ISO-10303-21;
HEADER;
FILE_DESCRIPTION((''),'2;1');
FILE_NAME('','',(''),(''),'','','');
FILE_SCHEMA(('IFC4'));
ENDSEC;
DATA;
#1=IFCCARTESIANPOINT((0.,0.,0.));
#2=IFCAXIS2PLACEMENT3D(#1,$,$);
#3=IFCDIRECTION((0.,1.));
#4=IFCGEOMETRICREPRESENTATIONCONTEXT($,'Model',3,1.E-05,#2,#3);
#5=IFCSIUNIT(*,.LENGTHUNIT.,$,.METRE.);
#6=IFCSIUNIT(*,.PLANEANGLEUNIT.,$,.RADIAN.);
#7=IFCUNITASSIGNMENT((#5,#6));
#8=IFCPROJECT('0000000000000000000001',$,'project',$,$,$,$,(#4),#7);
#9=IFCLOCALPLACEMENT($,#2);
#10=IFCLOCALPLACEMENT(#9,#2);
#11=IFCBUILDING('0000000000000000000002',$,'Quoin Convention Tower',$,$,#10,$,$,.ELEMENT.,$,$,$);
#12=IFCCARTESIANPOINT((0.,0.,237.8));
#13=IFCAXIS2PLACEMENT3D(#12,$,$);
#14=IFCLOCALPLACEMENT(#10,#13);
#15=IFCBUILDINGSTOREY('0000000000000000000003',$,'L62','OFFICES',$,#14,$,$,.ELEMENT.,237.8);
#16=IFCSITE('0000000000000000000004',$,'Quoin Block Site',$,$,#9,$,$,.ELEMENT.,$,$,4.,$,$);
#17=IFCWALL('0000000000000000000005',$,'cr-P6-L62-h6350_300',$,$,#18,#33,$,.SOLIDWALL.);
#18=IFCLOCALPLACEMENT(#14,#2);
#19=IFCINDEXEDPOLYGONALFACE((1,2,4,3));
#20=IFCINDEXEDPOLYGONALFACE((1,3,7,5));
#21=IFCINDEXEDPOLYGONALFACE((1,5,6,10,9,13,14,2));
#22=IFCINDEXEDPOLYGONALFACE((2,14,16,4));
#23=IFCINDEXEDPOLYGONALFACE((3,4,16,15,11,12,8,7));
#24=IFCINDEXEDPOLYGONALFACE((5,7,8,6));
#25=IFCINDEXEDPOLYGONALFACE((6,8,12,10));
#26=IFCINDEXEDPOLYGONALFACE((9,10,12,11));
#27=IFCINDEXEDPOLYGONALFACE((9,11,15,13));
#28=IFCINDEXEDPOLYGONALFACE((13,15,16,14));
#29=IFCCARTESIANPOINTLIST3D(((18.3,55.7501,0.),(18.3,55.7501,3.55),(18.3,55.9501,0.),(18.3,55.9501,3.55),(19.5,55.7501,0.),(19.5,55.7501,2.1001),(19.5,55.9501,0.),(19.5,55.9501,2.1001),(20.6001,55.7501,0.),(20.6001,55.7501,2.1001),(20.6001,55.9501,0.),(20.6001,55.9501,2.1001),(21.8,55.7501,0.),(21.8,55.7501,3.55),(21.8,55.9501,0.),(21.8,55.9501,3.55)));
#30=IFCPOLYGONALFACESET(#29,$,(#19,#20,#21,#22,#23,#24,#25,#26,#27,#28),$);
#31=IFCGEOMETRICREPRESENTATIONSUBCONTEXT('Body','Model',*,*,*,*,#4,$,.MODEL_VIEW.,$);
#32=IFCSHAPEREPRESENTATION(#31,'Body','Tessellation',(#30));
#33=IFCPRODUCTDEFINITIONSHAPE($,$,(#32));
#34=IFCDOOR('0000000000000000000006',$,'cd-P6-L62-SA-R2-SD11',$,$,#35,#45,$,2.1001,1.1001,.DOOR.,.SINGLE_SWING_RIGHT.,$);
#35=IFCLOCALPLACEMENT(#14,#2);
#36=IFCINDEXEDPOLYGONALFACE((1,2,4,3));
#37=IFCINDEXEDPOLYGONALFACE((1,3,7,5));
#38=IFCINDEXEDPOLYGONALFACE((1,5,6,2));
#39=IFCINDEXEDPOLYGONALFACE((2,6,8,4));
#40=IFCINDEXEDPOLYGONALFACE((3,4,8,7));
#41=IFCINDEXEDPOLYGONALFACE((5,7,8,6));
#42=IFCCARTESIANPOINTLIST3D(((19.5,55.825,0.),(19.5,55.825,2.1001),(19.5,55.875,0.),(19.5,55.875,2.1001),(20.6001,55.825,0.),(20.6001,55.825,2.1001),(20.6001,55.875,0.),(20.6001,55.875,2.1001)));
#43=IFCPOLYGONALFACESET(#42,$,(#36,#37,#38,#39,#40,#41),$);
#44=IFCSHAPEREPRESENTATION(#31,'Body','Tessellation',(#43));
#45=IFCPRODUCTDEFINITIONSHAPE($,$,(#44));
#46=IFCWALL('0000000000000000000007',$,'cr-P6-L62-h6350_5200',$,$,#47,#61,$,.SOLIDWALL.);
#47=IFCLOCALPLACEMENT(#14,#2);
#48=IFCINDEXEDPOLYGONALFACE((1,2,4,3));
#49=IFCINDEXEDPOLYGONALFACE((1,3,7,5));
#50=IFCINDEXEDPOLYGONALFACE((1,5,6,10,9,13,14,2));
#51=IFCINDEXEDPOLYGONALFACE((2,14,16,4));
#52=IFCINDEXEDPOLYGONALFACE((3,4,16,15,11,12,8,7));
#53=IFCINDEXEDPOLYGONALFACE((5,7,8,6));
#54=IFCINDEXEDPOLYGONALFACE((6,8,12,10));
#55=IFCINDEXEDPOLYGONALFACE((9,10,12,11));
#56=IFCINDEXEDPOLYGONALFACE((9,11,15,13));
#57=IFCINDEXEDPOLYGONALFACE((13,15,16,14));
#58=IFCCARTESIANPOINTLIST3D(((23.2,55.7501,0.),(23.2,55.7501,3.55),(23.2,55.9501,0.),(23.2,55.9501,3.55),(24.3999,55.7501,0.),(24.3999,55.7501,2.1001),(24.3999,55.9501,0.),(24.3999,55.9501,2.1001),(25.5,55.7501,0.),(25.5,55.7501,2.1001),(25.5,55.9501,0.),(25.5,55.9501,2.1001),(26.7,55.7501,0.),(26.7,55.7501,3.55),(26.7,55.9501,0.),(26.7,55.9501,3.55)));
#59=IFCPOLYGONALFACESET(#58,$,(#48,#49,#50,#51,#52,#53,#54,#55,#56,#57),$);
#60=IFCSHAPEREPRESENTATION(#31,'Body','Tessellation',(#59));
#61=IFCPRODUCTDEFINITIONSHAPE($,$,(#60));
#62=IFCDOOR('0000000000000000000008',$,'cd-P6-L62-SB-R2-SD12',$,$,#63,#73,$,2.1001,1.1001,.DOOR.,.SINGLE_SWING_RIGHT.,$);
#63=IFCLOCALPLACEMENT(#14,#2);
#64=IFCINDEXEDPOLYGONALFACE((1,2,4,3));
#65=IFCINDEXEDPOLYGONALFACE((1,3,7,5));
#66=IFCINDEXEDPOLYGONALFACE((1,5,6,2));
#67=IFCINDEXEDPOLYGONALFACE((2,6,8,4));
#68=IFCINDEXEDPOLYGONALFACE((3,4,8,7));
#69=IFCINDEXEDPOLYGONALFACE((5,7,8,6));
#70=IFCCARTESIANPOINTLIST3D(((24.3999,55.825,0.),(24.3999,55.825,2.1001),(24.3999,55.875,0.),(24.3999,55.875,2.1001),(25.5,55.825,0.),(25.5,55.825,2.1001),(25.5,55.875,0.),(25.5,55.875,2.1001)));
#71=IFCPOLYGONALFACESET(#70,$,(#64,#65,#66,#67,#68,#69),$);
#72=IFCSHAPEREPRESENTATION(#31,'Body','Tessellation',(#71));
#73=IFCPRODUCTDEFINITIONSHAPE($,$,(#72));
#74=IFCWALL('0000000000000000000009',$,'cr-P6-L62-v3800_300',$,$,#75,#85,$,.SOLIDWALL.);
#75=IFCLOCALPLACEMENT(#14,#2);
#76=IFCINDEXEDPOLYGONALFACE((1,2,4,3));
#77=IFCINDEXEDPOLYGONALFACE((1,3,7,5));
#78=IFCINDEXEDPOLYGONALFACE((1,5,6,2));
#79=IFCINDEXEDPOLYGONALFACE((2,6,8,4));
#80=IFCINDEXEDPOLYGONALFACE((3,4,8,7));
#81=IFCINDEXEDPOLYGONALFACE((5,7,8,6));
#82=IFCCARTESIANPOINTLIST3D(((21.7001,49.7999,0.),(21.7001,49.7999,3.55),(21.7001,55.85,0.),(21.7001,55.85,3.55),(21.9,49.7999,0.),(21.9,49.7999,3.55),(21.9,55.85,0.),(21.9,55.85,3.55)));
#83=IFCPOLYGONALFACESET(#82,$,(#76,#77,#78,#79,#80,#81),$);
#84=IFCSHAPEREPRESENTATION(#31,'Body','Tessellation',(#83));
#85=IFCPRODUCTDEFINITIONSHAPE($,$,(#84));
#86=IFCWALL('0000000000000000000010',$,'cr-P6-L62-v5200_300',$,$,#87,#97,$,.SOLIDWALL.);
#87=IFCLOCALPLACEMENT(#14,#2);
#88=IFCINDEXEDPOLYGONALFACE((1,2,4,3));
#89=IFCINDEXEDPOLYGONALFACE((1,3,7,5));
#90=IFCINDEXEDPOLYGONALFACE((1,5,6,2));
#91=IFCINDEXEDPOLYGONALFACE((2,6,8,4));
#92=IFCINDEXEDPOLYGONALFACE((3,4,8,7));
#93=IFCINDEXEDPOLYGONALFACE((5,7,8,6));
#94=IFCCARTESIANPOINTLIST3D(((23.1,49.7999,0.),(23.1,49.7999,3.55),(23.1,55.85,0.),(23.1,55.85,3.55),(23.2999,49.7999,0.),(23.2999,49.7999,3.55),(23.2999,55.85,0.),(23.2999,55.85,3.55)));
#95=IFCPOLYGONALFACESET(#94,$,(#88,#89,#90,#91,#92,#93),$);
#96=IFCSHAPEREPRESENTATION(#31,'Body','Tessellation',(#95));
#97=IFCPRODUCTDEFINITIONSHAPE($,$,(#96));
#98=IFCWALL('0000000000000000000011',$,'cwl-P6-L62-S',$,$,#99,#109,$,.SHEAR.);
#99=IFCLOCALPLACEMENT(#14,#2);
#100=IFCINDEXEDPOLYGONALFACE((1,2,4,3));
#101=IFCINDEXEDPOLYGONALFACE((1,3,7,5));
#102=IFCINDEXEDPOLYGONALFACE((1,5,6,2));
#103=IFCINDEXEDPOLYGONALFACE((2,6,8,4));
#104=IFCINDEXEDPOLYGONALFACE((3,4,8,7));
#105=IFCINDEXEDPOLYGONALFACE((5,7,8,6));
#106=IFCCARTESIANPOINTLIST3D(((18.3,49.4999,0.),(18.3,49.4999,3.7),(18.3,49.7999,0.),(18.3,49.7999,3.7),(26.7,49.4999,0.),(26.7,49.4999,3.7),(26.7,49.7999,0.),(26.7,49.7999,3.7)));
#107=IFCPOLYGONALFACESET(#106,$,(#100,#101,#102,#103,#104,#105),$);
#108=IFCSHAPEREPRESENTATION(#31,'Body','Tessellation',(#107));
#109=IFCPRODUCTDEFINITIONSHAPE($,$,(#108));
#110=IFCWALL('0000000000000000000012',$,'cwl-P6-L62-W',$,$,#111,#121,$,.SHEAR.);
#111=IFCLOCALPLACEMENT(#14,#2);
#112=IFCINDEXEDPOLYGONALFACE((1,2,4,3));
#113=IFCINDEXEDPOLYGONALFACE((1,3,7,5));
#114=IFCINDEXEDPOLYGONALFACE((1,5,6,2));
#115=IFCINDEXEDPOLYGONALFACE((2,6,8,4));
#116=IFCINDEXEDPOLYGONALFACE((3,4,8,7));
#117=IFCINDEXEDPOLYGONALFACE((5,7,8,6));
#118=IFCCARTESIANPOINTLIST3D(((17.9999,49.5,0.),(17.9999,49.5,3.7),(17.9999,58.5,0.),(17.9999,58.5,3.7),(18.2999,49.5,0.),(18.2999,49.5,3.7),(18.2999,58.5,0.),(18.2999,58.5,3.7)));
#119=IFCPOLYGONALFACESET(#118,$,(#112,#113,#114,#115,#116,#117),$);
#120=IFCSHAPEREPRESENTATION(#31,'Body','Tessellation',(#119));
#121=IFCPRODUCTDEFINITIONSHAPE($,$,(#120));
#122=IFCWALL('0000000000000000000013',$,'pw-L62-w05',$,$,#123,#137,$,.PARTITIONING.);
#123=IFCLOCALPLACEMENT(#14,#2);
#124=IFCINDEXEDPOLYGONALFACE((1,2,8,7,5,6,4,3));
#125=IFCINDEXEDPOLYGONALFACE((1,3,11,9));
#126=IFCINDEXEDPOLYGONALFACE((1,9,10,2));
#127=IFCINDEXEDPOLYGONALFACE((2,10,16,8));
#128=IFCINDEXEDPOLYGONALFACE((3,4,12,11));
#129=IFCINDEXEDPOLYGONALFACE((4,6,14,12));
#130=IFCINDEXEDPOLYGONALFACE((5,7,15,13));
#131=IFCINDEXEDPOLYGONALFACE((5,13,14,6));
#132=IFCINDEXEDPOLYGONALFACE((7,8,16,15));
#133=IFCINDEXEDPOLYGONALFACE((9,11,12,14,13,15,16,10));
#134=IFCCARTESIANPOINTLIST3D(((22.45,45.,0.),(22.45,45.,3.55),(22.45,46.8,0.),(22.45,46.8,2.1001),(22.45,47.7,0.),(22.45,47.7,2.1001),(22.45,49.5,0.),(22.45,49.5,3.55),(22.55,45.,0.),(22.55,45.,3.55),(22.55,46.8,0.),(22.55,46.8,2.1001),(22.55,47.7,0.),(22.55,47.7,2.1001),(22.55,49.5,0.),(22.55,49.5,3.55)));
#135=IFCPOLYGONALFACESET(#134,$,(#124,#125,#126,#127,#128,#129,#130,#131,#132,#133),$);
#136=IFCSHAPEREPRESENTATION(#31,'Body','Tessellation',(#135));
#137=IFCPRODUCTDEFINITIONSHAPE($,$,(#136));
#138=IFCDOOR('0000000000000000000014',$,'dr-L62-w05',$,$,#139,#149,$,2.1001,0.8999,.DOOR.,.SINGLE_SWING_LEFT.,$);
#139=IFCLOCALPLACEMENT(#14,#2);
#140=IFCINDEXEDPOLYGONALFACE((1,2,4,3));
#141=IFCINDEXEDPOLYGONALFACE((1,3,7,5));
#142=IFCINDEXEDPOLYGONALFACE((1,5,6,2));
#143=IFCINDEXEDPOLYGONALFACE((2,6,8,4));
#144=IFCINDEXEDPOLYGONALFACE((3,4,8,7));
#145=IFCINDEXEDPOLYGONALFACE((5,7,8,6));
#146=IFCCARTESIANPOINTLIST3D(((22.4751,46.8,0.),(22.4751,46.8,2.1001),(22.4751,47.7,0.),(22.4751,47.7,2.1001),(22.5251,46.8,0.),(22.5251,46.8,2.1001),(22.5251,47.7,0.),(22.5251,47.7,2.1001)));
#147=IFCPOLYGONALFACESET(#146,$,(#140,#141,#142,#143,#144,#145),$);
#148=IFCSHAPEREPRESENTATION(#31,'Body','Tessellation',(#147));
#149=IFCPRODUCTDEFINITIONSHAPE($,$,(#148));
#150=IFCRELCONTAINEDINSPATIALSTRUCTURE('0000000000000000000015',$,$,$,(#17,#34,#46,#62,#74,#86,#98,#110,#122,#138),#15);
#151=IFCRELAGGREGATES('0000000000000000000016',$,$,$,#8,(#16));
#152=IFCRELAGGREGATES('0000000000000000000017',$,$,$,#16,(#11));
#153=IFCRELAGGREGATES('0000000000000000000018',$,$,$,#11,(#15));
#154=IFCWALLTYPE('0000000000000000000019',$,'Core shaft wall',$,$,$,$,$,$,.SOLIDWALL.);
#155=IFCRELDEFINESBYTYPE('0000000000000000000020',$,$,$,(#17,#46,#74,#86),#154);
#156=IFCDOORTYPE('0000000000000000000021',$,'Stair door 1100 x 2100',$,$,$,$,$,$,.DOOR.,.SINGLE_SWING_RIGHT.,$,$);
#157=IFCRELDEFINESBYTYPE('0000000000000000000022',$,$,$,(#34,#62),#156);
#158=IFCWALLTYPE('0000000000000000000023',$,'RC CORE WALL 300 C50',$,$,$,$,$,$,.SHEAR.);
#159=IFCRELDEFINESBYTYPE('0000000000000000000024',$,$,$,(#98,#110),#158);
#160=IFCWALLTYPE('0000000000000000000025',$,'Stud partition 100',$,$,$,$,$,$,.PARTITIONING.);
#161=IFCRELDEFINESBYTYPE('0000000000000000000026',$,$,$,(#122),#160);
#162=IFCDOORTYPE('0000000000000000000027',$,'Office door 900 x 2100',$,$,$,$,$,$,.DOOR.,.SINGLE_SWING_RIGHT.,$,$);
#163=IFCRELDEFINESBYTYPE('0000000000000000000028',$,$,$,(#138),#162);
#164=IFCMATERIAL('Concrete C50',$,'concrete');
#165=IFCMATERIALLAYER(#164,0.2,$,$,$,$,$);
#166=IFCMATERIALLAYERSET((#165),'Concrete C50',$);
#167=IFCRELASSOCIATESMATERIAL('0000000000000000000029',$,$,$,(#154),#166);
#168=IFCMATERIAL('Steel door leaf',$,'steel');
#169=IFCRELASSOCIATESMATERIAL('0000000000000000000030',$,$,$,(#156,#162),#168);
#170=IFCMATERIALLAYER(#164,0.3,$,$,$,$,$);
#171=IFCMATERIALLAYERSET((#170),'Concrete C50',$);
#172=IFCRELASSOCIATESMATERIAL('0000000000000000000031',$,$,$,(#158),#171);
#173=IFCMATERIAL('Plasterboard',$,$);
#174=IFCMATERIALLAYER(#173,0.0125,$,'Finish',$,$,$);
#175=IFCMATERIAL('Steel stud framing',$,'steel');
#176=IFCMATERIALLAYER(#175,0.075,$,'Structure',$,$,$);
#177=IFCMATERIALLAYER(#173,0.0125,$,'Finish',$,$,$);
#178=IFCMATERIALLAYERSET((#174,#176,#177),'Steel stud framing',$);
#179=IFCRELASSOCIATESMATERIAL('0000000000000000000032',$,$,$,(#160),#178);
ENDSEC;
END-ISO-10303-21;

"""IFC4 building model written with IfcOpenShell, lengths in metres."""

from ifc_helpers import new_model, si_unit, direction, frame, frame_2d, origin, place, context, subcontext, project, spatial, rectangle, extrude, material, layer, layer_set, type_object, element, fill, save


model = new_model("IFC4")

# Units and contexts
model_context = context("Model", 3, precision=1e-05, world=origin(), true_north=direction((0.0, 1.0)))
body_context = subcontext(model_context, "Body", "Model", "MODEL_VIEW")
ifc_project = project(units=[si_unit("LENGTHUNIT", "METRE"), si_unit("PLANEANGLEUNIT", "RADIAN")], contexts=[model_context])

# Site, building, storey
site_placement = place(None, origin())
site = spatial("IfcSite", under=ifc_project, at=site_placement, Name="Quoin Block Site", CompositionType="ELEMENT", RefElevation=4.0)
building_placement = place(site_placement, origin())
building = spatial("IfcBuilding", under=site, at=building_placement, Name="Quoin Convention Tower", CompositionType="ELEMENT")
storey_placement = place(building_placement, frame((0.0, 0.0, 237.8)))
storey = spatial("IfcBuildingStorey", under=building, at=storey_placement, Name="L62", Description="OFFICES", CompositionType="ELEMENT", Elevation=237.8)

# Shared definitions
ifc_material_1 = material(Name="Concrete C50", Category="concrete")

# Shared definitions
ifc_layer_1 = layer(ifc_material_1, 0.2)
ifc_layer_set_1 = layer_set([ifc_layer_1], Name="Concrete C50")
wall_type_1 = type_object("IfcWallType", Name="Core shaft wall", PredefinedType="SOLIDWALL", material=ifc_layer_set_1)

# Walls, openings, doors
wall_1_placement = place(storey_placement, frame((18.3, 55.8501, 0.0), z_axis=(0.0, 0.0, 1.0), x_axis=(1.0, 0.0, 0.0)))
wall_1 = element("IfcWall", 1, at=wall_1_placement, inside=storey, type_object=wall_type_1, Name="cr-P6-L62-h6350_300", PredefinedType="SOLIDWALL", context=body_context, shape_type="SweptSolid", body=[
    extrude(rectangle(XDim=3.5, YDim=0.2, at=frame_2d((1.75, 0.0))), origin(), (0.0, 0.0, 1.0), 3.55),
])
opening_1_placement = place(wall_1_placement, frame((1.2, 0.0, 0.0)))
opening_1 = element("IfcOpeningElement", 2, at=opening_1_placement, cuts=wall_1, PredefinedType="OPENING", context=body_context, shape_type="SweptSolid", body=[
    extrude(rectangle(XDim=1.1001, YDim=2.1001, at=frame_2d((0.55, 1.05))), frame((0.0, 0.1099, 0.0), z_axis=(0.0, -1.0, 0.0), x_axis=(1.0, 0.0, 0.0)), (0.0, 0.0, 1.0), 0.22),
])
ifc_material_2 = material(Name="Steel door leaf", Category="steel")
door_type_1 = type_object("IfcDoorType", Name="Stair door 1100 x 2100", OperationType="SINGLE_SWING_RIGHT", PredefinedType="DOOR", material=ifc_material_2)
door_1_placement = place(opening_1_placement, origin())
door_1 = element("IfcDoor", 3, at=door_1_placement, inside=storey, type_object=door_type_1, Name="cd-P6-L62-SA-R2-SD11", OperationType="SINGLE_SWING_RIGHT", OverallHeight=2.1001, OverallWidth=1.1001, PredefinedType="DOOR", context=body_context, shape_type="SweptSolid", body=[
    extrude(rectangle(XDim=1.1001, YDim=2.1001, at=frame_2d((0.55, 1.05))), frame((0.0, 0.0249, 0.0), z_axis=(0.0, -1.0, 0.0), x_axis=(1.0, 0.0, 0.0)), (0.0, 0.0, 1.0), 0.05),
])
fill(opening_1, door_1)
wall_2_placement = place(storey_placement, frame((23.2, 55.8501, 0.0), z_axis=(0.0, 0.0, 1.0), x_axis=(1.0, 0.0, 0.0)))
wall_2 = element("IfcWall", 4, at=wall_2_placement, inside=storey, type_object=wall_type_1, Name="cr-P6-L62-h6350_5200", PredefinedType="SOLIDWALL", context=body_context, shape_type="SweptSolid", body=[
    extrude(rectangle(XDim=3.5, YDim=0.2, at=frame_2d((1.75, 0.0))), origin(), (0.0, 0.0, 1.0), 3.55),
])
opening_2_placement = place(wall_2_placement, frame((1.2, 0.0, 0.0)))
opening_2 = element("IfcOpeningElement", 5, at=opening_2_placement, cuts=wall_2, PredefinedType="OPENING", context=body_context, shape_type="SweptSolid", body=[
    extrude(rectangle(XDim=1.1001, YDim=2.1001, at=frame_2d((0.55, 1.05))), frame((0.0, 0.1099, 0.0), z_axis=(0.0, -1.0, 0.0), x_axis=(1.0, 0.0, 0.0)), (0.0, 0.0, 1.0), 0.22),
])
door_2_placement = place(opening_2_placement, origin())
door_2 = element("IfcDoor", 6, at=door_2_placement, inside=storey, type_object=door_type_1, Name="cd-P6-L62-SB-R2-SD12", OperationType="SINGLE_SWING_RIGHT", OverallHeight=2.1001, OverallWidth=1.1001, PredefinedType="DOOR", context=body_context, shape_type="SweptSolid", body=[
    extrude(rectangle(XDim=1.1001, YDim=2.1001, at=frame_2d((0.55, 1.05))), frame((0.0, 0.0249, 0.0), z_axis=(0.0, -1.0, 0.0), x_axis=(1.0, 0.0, 0.0)), (0.0, 0.0, 1.0), 0.05),
])
fill(opening_2, door_2)

# Walls
for number, where, z_axis, x_axis, name in (
    (7, (21.8, 49.8, 0.0), (0.0, 0.0, 1.0), (0.0, 1.0, 0.0), "cr-P6-L62-v3800_300"),
    (8, (23.2, 49.8, 0.0), (0.0, 0.0, 1.0), (0.0, 1.0, 0.0), "cr-P6-L62-v5200_300"),
):
    element("IfcWall", number, at=place(storey_placement, frame(where, z_axis=z_axis, x_axis=x_axis)), inside=storey, type_object=wall_type_1, Name=name, PredefinedType="SOLIDWALL", context=body_context, shape_type="SweptSolid", body=[
        extrude(rectangle(XDim=6.05, YDim=0.2, at=frame_2d((3.0249, 0.0))), origin(), (0.0, 0.0, 1.0), 3.55),
    ])
ifc_layer_2 = layer(ifc_material_1, 0.3)
ifc_layer_set_2 = layer_set([ifc_layer_2], Name="Concrete C50")
wall_type_2 = type_object("IfcWallType", Name="RC CORE WALL 300 C50", PredefinedType="SHEAR", material=ifc_layer_set_2)
wall_3_placement = place(storey_placement, frame((18.3, 49.6499, 0.0), z_axis=(0.0, 0.0, 1.0), x_axis=(1.0, 0.0, 0.0)))
element("IfcWall", 9, at=wall_3_placement, inside=storey, type_object=wall_type_2, Name="cwl-P6-L62-S", PredefinedType="SHEAR", context=body_context, shape_type="SweptSolid", body=[
    extrude(rectangle(XDim=8.3999, YDim=0.3, at=frame_2d((4.2, 0.0))), origin(), (0.0, 0.0, 1.0), 3.7),
])
wall_4_placement = place(storey_placement, frame((18.1499, 49.5, 0.0), z_axis=(0.0, 0.0, 1.0), x_axis=(0.0, 1.0, 0.0)))
element("IfcWall", 10, at=wall_4_placement, inside=storey, type_object=wall_type_2, Name="cwl-P6-L62-W", PredefinedType="SHEAR", context=body_context, shape_type="SweptSolid", body=[
    extrude(rectangle(XDim=9.0, YDim=0.3, at=frame_2d((4.5, 0.0))), origin(), (0.0, 0.0, 1.0), 3.7),
])

# Wall, opening, door
ifc_material_3 = material(Name="Plasterboard")
ifc_layer_3 = layer(ifc_material_3, 0.0125, Name="Finish")
ifc_material_4 = material(Name="Steel stud framing", Category="steel")
ifc_layer_4 = layer(ifc_material_4, 0.075, Name="Structure")
ifc_layer_5 = layer(ifc_material_3, 0.0125, Name="Finish")
ifc_layer_set_3 = layer_set([ifc_layer_3, ifc_layer_4, ifc_layer_5], Name="Steel stud framing")
wall_type_3 = type_object("IfcWallType", Name="Stud partition 100", PredefinedType="PARTITIONING", material=ifc_layer_set_3)
wall_5_placement = place(storey_placement, frame((22.5, 49.5, 0.0), z_axis=(0.0, 0.0, 1.0), x_axis=(0.0, -1.0, 0.0)))
wall_5 = element("IfcWall", 11, at=wall_5_placement, inside=storey, type_object=wall_type_3, Name="pw-L62-w05", PredefinedType="PARTITIONING", context=body_context, shape_type="SweptSolid", body=[
    extrude(rectangle(XDim=4.5, YDim=0.1001, at=frame_2d((2.25, 0.0))), origin(), (0.0, 0.0, 1.0), 3.55),
])
opening_3_placement = place(wall_5_placement, frame((1.8, 0.0, 0.0)))
opening_3 = element("IfcOpeningElement", 12, at=opening_3_placement, cuts=wall_5, PredefinedType="OPENING", context=body_context, shape_type="SweptSolid", body=[
    extrude(rectangle(XDim=0.8999, YDim=2.1001, at=frame_2d((0.45, 1.05))), frame((0.0, 0.0601, 0.0), z_axis=(0.0, -1.0, 0.0), x_axis=(1.0, 0.0, 0.0)), (0.0, 0.0, 1.0), 0.1201),
])
door_type_2 = type_object("IfcDoorType", Name="Office door 900 x 2100", OperationType="SINGLE_SWING_RIGHT", PredefinedType="DOOR", material=ifc_material_2)
door_3_placement = place(opening_3_placement, frame((0.8999, 0.0, 0.0), z_axis=(0.0, 0.0, 1.0), x_axis=(-1.0, 0.0, 0.0)))
door_3 = element("IfcDoor", 13, at=door_3_placement, inside=storey, type_object=door_type_2, Name="dr-L62-w05", OperationType="SINGLE_SWING_LEFT", OverallHeight=2.1001, OverallWidth=0.8999, PredefinedType="DOOR", context=body_context, shape_type="SweptSolid", body=[
    extrude(rectangle(XDim=0.8999, YDim=2.1001, at=frame_2d((0.45, 1.05))), frame((0.0, 0.0249, 0.0), z_axis=(0.0, -1.0, 0.0), x_axis=(1.0, 0.0, 0.0)), (0.0, 0.0, 1.0), 0.05),
])
fill(opening_3, door_3)

save(model, "model.ifc")
